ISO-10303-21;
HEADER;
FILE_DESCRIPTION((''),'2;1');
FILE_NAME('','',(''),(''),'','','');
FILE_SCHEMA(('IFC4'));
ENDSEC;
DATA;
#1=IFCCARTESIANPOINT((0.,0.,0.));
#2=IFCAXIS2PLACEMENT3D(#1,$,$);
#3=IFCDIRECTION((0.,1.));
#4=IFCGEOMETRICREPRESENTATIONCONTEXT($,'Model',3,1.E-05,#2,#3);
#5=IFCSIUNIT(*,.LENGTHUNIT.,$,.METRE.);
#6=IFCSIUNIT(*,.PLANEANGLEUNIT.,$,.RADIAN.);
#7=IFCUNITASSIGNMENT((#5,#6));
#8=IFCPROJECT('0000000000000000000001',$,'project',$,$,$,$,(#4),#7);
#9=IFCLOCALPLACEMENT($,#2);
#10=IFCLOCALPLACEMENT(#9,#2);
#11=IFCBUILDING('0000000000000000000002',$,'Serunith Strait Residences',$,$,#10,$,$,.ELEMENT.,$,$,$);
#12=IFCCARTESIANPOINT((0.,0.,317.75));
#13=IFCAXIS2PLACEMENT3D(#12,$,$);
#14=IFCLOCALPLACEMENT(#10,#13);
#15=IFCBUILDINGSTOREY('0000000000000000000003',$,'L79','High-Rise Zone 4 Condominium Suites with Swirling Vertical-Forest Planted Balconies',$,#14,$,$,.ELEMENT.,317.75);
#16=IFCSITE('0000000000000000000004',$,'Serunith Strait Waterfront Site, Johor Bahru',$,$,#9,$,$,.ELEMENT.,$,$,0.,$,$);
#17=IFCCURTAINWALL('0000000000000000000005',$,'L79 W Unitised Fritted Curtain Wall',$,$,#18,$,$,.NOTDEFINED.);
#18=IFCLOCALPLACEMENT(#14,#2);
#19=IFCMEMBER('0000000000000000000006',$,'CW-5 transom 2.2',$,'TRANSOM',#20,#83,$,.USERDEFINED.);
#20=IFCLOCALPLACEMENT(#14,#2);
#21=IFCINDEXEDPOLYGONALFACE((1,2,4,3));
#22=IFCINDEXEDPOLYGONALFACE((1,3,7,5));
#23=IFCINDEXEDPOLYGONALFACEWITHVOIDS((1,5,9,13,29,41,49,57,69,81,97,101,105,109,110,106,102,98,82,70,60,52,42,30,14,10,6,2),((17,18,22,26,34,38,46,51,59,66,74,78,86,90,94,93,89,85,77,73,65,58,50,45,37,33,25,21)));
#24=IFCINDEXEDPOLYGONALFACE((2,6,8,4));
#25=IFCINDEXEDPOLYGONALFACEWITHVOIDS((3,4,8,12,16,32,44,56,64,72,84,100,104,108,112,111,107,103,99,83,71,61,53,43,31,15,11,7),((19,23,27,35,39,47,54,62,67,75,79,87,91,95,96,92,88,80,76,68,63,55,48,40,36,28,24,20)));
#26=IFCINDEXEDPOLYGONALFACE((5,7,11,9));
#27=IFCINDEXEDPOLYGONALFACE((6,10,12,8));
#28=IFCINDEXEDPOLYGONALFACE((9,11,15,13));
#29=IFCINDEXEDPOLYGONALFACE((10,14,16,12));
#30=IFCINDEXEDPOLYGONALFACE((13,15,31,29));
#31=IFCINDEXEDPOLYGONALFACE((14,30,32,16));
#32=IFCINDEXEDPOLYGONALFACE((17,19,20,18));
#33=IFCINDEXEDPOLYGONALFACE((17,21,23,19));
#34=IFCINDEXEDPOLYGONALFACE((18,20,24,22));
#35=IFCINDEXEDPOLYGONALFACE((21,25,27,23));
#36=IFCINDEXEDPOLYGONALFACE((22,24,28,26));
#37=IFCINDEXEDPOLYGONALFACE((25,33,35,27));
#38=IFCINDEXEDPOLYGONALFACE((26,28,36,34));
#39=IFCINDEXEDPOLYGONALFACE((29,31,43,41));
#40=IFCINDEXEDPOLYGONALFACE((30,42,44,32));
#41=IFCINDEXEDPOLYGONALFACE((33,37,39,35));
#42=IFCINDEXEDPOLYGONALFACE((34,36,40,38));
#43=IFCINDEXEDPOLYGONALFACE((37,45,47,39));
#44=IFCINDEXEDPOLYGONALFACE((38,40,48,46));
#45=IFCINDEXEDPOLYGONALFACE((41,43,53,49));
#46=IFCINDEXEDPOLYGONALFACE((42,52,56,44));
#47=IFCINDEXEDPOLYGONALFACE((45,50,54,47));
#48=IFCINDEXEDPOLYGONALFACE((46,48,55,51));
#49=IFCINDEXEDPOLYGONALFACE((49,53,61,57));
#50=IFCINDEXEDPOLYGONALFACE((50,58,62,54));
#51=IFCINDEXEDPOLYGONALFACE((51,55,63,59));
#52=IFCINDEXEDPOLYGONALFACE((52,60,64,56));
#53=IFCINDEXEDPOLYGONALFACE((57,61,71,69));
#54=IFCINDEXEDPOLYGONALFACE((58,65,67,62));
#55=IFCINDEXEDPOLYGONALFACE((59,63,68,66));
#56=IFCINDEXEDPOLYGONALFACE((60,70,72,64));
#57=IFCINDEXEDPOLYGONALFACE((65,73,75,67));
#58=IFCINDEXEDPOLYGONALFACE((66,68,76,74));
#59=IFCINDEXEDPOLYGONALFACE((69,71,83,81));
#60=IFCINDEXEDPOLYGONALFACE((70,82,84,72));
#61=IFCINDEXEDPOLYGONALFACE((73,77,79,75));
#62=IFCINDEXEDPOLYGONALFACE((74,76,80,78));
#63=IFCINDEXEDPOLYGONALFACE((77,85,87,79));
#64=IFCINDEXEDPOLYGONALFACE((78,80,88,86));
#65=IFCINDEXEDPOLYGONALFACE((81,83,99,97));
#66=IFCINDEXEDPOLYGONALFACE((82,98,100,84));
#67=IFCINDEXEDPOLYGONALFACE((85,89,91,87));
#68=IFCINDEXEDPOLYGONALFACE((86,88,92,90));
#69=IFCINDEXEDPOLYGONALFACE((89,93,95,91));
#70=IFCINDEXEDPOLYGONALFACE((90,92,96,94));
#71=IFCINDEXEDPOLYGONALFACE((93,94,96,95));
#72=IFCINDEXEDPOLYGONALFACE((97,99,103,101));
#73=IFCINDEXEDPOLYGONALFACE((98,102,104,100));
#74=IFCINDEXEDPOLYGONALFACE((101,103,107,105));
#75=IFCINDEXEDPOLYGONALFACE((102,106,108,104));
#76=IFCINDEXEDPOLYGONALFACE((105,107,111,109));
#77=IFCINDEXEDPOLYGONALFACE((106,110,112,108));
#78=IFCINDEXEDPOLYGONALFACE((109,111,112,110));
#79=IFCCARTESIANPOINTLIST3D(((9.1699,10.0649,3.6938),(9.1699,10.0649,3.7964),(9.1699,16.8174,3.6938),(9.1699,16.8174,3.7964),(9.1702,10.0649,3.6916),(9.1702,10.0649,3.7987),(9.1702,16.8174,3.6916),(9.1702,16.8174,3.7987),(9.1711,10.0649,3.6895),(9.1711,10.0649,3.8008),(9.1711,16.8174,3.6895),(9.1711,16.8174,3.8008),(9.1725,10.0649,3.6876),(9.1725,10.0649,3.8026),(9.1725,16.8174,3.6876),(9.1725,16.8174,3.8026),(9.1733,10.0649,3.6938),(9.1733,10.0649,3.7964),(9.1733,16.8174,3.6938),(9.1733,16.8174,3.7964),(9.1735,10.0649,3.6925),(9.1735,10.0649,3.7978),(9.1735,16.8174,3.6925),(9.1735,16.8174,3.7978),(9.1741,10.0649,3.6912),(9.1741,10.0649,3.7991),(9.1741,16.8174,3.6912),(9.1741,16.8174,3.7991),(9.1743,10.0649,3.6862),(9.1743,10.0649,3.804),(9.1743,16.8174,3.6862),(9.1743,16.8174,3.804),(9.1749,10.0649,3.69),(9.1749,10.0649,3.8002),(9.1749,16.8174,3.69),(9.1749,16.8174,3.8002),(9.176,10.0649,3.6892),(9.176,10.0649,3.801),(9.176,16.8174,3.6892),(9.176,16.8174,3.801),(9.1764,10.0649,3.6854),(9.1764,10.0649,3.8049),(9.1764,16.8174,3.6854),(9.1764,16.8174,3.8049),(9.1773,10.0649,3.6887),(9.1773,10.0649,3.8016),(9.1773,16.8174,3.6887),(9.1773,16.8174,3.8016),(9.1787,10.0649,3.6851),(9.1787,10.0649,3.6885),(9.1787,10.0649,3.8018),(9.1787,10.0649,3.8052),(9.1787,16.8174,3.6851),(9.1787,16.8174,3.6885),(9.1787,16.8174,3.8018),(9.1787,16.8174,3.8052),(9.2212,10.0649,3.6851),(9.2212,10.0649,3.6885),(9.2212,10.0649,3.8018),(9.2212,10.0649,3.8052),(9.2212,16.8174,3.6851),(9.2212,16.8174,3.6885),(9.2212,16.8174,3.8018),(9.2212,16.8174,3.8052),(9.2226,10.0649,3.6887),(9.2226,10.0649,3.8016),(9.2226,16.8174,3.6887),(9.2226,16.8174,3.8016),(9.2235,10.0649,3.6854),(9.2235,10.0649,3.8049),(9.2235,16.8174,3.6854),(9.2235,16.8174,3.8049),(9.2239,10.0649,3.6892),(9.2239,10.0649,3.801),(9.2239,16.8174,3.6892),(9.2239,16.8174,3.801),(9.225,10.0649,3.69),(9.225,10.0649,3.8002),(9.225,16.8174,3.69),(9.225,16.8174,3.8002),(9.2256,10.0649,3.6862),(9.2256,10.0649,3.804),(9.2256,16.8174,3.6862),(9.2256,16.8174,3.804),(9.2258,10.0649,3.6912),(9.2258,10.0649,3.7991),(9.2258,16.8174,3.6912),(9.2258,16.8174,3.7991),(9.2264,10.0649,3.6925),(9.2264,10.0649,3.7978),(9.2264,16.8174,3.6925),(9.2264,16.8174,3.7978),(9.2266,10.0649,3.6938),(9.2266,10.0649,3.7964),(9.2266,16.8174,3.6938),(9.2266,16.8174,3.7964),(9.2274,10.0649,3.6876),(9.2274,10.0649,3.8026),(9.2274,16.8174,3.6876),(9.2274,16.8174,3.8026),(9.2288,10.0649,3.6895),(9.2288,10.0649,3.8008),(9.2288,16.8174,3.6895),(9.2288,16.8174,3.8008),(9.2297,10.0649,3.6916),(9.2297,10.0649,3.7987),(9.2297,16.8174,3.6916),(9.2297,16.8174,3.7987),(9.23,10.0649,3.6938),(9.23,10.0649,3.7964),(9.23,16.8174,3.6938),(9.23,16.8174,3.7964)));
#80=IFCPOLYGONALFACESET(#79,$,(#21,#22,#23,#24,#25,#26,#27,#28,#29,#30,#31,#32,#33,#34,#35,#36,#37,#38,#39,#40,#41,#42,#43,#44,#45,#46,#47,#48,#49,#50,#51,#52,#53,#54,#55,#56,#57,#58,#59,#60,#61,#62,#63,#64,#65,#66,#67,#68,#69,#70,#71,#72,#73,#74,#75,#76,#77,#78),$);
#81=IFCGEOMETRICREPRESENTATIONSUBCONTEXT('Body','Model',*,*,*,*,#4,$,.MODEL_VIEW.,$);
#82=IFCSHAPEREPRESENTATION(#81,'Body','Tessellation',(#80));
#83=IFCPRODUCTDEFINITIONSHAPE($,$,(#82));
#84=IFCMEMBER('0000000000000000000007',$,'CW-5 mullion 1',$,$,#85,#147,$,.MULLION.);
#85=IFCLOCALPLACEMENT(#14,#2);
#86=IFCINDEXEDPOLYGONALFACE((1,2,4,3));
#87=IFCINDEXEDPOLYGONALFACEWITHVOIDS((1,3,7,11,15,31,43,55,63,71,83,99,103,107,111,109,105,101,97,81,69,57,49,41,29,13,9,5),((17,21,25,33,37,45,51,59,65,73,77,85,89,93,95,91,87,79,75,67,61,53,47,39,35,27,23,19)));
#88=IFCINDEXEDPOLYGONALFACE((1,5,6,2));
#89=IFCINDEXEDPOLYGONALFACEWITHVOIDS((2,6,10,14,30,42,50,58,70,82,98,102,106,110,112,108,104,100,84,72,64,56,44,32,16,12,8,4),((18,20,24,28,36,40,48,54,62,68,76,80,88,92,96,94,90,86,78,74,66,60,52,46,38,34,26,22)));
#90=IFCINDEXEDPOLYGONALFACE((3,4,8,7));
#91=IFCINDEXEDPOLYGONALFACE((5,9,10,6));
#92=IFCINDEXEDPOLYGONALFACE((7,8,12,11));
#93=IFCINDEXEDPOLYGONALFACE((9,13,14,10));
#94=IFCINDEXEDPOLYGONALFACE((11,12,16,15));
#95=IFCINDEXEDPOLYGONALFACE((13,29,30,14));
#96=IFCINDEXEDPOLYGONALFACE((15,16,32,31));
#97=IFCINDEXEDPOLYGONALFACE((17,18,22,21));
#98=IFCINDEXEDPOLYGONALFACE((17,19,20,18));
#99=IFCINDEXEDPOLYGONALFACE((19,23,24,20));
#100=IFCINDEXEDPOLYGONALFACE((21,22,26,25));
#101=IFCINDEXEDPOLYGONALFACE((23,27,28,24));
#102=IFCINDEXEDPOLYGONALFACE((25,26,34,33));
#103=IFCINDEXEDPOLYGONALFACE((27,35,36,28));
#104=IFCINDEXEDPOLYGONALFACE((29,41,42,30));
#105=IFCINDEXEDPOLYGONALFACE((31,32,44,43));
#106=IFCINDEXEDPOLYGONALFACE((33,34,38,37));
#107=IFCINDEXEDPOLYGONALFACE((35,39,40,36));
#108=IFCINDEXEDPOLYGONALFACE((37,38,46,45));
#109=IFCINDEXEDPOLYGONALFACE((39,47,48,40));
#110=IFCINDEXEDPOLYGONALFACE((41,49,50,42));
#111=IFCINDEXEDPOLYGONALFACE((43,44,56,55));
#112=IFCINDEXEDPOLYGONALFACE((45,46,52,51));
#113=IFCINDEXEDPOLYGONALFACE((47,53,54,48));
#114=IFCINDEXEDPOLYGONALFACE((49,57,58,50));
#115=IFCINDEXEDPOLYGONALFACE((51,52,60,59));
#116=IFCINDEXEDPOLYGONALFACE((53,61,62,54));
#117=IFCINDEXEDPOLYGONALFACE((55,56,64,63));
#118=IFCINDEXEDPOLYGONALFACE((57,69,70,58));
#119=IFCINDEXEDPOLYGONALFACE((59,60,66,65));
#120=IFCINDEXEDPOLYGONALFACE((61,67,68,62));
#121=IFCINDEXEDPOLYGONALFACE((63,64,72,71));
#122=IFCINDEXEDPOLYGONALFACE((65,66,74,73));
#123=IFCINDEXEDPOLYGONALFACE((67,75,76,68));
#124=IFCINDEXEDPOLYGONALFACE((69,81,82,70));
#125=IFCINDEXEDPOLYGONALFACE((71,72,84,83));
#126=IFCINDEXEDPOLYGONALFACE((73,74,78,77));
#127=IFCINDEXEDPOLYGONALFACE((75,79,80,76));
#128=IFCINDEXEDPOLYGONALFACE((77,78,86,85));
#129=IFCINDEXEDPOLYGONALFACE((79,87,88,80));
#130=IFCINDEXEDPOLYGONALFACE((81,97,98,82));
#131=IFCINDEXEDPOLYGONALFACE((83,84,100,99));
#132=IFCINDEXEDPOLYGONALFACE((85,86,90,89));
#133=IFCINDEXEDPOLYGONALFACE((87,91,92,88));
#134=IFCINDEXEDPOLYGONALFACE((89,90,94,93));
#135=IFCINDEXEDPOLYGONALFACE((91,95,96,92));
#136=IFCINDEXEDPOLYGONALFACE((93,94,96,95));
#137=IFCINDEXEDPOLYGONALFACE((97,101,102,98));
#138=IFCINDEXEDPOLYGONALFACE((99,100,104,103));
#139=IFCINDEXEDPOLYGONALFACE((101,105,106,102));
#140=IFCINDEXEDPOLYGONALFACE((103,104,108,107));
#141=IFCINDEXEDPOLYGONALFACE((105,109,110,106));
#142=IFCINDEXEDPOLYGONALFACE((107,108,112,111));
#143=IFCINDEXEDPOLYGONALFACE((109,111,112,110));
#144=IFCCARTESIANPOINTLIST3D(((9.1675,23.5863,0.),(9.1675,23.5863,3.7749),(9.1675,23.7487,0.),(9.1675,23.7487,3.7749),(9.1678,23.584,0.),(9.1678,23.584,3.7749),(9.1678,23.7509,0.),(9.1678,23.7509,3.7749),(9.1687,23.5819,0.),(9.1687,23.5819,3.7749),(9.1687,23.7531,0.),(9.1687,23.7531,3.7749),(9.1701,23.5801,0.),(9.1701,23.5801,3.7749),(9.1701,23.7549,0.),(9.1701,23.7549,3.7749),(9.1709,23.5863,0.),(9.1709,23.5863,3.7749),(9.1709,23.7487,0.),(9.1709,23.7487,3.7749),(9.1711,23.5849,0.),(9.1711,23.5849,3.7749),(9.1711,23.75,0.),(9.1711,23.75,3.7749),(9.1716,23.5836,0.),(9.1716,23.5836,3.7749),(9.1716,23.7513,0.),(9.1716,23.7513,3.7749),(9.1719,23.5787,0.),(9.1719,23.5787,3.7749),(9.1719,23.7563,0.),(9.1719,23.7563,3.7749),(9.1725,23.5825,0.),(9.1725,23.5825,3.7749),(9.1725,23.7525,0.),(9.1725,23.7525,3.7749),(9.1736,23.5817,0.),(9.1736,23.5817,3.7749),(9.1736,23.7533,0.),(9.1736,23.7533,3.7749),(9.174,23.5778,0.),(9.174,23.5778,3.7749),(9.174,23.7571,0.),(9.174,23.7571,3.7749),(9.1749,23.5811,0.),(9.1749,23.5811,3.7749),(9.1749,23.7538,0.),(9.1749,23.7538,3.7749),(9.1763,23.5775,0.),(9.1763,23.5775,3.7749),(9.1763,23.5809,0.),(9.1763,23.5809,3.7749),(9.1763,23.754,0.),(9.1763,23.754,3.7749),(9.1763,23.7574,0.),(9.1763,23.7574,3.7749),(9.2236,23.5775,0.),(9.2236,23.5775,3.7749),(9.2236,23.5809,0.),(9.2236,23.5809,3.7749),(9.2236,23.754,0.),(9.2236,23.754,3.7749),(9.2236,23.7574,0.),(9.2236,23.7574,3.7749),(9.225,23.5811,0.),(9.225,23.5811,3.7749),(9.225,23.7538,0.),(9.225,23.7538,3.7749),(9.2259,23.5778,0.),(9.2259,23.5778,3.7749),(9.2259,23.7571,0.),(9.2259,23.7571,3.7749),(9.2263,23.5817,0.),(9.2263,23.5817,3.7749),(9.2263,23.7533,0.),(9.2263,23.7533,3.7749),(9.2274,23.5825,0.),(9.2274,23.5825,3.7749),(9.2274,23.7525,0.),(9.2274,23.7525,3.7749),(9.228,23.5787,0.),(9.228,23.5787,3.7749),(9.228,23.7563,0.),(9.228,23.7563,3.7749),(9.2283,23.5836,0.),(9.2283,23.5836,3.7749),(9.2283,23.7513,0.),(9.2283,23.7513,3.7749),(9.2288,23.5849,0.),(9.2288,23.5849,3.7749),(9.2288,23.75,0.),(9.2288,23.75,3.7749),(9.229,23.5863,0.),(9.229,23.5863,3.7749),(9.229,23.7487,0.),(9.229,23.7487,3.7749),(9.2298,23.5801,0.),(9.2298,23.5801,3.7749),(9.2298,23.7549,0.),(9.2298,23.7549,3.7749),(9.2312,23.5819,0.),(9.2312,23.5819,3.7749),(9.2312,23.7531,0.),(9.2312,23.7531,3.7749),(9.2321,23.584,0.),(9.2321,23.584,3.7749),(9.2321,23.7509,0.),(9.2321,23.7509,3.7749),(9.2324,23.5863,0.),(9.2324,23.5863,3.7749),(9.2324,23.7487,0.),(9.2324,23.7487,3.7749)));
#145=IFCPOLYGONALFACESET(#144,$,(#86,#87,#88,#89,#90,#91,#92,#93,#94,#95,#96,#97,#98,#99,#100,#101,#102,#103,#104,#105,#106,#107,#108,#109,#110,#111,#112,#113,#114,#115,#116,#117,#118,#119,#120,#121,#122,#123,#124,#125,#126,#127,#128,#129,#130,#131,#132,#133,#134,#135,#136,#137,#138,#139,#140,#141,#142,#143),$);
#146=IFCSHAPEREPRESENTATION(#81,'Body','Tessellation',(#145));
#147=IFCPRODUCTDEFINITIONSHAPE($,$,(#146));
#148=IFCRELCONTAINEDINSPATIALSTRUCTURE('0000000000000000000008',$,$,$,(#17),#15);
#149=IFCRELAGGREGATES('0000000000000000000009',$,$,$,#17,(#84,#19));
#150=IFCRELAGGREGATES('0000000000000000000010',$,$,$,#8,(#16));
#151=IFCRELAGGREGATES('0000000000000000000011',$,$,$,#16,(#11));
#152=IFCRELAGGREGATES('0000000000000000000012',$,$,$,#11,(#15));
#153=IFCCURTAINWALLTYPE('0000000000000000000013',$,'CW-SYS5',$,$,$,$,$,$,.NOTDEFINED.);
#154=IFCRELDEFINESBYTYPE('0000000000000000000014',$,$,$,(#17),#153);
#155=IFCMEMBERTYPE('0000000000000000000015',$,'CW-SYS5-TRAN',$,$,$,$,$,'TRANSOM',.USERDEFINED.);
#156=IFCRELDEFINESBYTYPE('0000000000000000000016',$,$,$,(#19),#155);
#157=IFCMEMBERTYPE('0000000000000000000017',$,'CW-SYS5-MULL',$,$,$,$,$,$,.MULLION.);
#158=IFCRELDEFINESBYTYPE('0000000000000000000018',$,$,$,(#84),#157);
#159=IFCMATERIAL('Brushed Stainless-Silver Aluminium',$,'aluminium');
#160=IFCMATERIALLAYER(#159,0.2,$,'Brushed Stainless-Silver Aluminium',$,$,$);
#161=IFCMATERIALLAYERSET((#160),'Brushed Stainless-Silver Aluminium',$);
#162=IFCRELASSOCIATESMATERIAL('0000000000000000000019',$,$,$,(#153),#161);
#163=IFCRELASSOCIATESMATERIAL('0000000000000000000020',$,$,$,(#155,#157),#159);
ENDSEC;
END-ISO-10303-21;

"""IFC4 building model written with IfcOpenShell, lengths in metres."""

from ifc_helpers import new_model, si_unit, direction, frame, origin, origin_2d, place, context, subcontext, project, spatial, hollow_rectangle, extrude, source, transform, mapped, material, layer, layer_set, material_profile, profile_set, type_object, element, aggregate, save


model = new_model("IFC4")

# Units and contexts
model_context = context("Model", 3, precision=1e-05, world=origin(), true_north=direction((0.0, 1.0)))
body_context = subcontext(model_context, "Body", "Model", "MODEL_VIEW")
ifc_project = project(units=[si_unit("LENGTHUNIT", "METRE"), si_unit("PLANEANGLEUNIT", "RADIAN")], contexts=[model_context])

# Site, building, storey
site_placement = place(None, origin())
site = spatial("IfcSite", under=ifc_project, at=site_placement, Name="Serunith Strait Waterfront Site, Johor Bahru", CompositionType="ELEMENT", RefElevation=0.0)
building_placement = place(site_placement, origin())
building = spatial("IfcBuilding", under=site, at=building_placement, Name="Serunith Strait Residences", CompositionType="ELEMENT")
storey_placement = place(building_placement, frame((0.0, 0.0, 317.75)))
storey = spatial("IfcBuildingStorey", under=building, at=storey_placement, Name="L79", Description="High-Rise Zone 4 Condominium Suites with Swirling Vertical-Forest Planted Balconies", CompositionType="ELEMENT", Elevation=317.75)

# Curtain wall, members
ifc_material_1 = material(Name="Brushed Stainless-Silver Aluminium", Category="aluminium")
ifc_layer_1 = layer(ifc_material_1, 0.2, Name="Brushed Stainless-Silver Aluminium")
ifc_layer_set_1 = layer_set([ifc_layer_1], Name="Brushed Stainless-Silver Aluminium")
curtain_wall_type = type_object("IfcCurtainWallType", Name="CW-SYS5", PredefinedType="NOTDEFINED", material=ifc_layer_set_1)
curtain_wall_placement = place(storey_placement, origin())
curtain_wall = element("IfcCurtainWall", 1, at=curtain_wall_placement, inside=storey, type_object=curtain_wall_type, Name="L79 W Unitised Fritted Curtain Wall", PredefinedType="NOTDEFINED")
ifc_material_profile_1 = material_profile(ifc_material_1, hollow_rectangle(XDim=0.0601, YDim=0.1201, WallThickness=0.0034, InnerFilletRadius=0.0054, OuterFilletRadius=0.0088, at=origin_2d()), Name="ALU 120x60x3.5")
ifc_profile_set_1 = profile_set([ifc_material_profile_1], Name="Brushed Stainless-Silver Aluminium")
member_type_1 = type_object("IfcMemberType", Name="CW-SYS5-TRAN", ElementType="TRANSOM", PredefinedType="USERDEFINED", material=ifc_profile_set_1)
shared_shape_1 = source(origin(), body_context, "Body", "SweptSolid", [
    extrude(hollow_rectangle(XDim=0.0601, YDim=0.1201, WallThickness=0.0034, InnerFilletRadius=0.0054, OuterFilletRadius=0.0088, at=origin_2d()), origin(), (0.0, 0.0, 1.0), 6.7524),
])
member_1_placement = place(storey_placement, frame((9.2, 16.8174, 3.7451), z_axis=(0.0, -1.0, 0.0), x_axis=(1.0, 0.0, 0.0)))
member_1 = element("IfcMember", 2, at=member_1_placement, type_object=member_type_1, Name="CW-5 transom 2.2", ObjectType="TRANSOM", PredefinedType="USERDEFINED", context=body_context, shape_type="MappedRepresentation", body=[
    mapped(shared_shape_1, transform((0.0, 0.0, 0.0), scale=1.0)),
])
ifc_material_profile_2 = material_profile(ifc_material_1, hollow_rectangle(XDim=0.0649, YDim=0.1799, WallThickness=0.0034, InnerFilletRadius=0.0054, OuterFilletRadius=0.0088, at=origin_2d()), Name="ALU 180x65x3.5")
ifc_profile_set_2 = profile_set([ifc_material_profile_2], Name="Brushed Stainless-Silver Aluminium")
member_type_2 = type_object("IfcMemberType", Name="CW-SYS5-MULL", PredefinedType="MULLION", material=ifc_profile_set_2)
shared_shape_2 = source(origin(), body_context, "Body", "SweptSolid", [
    extrude(hollow_rectangle(XDim=0.0649, YDim=0.1799, WallThickness=0.0034, InnerFilletRadius=0.0054, OuterFilletRadius=0.0088, at=origin_2d()), origin(), (0.0, 0.0, 1.0), 3.7749),
])
member_2_placement = place(storey_placement, frame((9.2, 23.6675, 0.0), z_axis=(0.0, 0.0, 1.0), x_axis=(1.0, 0.0, 0.0)))
member_2 = element("IfcMember", 3, at=member_2_placement, type_object=member_type_2, Name="CW-5 mullion 1", PredefinedType="MULLION", context=body_context, shape_type="MappedRepresentation", body=[
    mapped(shared_shape_2, transform((0.0, 0.0, 0.0), scale=1.0)),
])
aggregate(curtain_wall, [member_2, member_1])

save(model, "model.ifc")
